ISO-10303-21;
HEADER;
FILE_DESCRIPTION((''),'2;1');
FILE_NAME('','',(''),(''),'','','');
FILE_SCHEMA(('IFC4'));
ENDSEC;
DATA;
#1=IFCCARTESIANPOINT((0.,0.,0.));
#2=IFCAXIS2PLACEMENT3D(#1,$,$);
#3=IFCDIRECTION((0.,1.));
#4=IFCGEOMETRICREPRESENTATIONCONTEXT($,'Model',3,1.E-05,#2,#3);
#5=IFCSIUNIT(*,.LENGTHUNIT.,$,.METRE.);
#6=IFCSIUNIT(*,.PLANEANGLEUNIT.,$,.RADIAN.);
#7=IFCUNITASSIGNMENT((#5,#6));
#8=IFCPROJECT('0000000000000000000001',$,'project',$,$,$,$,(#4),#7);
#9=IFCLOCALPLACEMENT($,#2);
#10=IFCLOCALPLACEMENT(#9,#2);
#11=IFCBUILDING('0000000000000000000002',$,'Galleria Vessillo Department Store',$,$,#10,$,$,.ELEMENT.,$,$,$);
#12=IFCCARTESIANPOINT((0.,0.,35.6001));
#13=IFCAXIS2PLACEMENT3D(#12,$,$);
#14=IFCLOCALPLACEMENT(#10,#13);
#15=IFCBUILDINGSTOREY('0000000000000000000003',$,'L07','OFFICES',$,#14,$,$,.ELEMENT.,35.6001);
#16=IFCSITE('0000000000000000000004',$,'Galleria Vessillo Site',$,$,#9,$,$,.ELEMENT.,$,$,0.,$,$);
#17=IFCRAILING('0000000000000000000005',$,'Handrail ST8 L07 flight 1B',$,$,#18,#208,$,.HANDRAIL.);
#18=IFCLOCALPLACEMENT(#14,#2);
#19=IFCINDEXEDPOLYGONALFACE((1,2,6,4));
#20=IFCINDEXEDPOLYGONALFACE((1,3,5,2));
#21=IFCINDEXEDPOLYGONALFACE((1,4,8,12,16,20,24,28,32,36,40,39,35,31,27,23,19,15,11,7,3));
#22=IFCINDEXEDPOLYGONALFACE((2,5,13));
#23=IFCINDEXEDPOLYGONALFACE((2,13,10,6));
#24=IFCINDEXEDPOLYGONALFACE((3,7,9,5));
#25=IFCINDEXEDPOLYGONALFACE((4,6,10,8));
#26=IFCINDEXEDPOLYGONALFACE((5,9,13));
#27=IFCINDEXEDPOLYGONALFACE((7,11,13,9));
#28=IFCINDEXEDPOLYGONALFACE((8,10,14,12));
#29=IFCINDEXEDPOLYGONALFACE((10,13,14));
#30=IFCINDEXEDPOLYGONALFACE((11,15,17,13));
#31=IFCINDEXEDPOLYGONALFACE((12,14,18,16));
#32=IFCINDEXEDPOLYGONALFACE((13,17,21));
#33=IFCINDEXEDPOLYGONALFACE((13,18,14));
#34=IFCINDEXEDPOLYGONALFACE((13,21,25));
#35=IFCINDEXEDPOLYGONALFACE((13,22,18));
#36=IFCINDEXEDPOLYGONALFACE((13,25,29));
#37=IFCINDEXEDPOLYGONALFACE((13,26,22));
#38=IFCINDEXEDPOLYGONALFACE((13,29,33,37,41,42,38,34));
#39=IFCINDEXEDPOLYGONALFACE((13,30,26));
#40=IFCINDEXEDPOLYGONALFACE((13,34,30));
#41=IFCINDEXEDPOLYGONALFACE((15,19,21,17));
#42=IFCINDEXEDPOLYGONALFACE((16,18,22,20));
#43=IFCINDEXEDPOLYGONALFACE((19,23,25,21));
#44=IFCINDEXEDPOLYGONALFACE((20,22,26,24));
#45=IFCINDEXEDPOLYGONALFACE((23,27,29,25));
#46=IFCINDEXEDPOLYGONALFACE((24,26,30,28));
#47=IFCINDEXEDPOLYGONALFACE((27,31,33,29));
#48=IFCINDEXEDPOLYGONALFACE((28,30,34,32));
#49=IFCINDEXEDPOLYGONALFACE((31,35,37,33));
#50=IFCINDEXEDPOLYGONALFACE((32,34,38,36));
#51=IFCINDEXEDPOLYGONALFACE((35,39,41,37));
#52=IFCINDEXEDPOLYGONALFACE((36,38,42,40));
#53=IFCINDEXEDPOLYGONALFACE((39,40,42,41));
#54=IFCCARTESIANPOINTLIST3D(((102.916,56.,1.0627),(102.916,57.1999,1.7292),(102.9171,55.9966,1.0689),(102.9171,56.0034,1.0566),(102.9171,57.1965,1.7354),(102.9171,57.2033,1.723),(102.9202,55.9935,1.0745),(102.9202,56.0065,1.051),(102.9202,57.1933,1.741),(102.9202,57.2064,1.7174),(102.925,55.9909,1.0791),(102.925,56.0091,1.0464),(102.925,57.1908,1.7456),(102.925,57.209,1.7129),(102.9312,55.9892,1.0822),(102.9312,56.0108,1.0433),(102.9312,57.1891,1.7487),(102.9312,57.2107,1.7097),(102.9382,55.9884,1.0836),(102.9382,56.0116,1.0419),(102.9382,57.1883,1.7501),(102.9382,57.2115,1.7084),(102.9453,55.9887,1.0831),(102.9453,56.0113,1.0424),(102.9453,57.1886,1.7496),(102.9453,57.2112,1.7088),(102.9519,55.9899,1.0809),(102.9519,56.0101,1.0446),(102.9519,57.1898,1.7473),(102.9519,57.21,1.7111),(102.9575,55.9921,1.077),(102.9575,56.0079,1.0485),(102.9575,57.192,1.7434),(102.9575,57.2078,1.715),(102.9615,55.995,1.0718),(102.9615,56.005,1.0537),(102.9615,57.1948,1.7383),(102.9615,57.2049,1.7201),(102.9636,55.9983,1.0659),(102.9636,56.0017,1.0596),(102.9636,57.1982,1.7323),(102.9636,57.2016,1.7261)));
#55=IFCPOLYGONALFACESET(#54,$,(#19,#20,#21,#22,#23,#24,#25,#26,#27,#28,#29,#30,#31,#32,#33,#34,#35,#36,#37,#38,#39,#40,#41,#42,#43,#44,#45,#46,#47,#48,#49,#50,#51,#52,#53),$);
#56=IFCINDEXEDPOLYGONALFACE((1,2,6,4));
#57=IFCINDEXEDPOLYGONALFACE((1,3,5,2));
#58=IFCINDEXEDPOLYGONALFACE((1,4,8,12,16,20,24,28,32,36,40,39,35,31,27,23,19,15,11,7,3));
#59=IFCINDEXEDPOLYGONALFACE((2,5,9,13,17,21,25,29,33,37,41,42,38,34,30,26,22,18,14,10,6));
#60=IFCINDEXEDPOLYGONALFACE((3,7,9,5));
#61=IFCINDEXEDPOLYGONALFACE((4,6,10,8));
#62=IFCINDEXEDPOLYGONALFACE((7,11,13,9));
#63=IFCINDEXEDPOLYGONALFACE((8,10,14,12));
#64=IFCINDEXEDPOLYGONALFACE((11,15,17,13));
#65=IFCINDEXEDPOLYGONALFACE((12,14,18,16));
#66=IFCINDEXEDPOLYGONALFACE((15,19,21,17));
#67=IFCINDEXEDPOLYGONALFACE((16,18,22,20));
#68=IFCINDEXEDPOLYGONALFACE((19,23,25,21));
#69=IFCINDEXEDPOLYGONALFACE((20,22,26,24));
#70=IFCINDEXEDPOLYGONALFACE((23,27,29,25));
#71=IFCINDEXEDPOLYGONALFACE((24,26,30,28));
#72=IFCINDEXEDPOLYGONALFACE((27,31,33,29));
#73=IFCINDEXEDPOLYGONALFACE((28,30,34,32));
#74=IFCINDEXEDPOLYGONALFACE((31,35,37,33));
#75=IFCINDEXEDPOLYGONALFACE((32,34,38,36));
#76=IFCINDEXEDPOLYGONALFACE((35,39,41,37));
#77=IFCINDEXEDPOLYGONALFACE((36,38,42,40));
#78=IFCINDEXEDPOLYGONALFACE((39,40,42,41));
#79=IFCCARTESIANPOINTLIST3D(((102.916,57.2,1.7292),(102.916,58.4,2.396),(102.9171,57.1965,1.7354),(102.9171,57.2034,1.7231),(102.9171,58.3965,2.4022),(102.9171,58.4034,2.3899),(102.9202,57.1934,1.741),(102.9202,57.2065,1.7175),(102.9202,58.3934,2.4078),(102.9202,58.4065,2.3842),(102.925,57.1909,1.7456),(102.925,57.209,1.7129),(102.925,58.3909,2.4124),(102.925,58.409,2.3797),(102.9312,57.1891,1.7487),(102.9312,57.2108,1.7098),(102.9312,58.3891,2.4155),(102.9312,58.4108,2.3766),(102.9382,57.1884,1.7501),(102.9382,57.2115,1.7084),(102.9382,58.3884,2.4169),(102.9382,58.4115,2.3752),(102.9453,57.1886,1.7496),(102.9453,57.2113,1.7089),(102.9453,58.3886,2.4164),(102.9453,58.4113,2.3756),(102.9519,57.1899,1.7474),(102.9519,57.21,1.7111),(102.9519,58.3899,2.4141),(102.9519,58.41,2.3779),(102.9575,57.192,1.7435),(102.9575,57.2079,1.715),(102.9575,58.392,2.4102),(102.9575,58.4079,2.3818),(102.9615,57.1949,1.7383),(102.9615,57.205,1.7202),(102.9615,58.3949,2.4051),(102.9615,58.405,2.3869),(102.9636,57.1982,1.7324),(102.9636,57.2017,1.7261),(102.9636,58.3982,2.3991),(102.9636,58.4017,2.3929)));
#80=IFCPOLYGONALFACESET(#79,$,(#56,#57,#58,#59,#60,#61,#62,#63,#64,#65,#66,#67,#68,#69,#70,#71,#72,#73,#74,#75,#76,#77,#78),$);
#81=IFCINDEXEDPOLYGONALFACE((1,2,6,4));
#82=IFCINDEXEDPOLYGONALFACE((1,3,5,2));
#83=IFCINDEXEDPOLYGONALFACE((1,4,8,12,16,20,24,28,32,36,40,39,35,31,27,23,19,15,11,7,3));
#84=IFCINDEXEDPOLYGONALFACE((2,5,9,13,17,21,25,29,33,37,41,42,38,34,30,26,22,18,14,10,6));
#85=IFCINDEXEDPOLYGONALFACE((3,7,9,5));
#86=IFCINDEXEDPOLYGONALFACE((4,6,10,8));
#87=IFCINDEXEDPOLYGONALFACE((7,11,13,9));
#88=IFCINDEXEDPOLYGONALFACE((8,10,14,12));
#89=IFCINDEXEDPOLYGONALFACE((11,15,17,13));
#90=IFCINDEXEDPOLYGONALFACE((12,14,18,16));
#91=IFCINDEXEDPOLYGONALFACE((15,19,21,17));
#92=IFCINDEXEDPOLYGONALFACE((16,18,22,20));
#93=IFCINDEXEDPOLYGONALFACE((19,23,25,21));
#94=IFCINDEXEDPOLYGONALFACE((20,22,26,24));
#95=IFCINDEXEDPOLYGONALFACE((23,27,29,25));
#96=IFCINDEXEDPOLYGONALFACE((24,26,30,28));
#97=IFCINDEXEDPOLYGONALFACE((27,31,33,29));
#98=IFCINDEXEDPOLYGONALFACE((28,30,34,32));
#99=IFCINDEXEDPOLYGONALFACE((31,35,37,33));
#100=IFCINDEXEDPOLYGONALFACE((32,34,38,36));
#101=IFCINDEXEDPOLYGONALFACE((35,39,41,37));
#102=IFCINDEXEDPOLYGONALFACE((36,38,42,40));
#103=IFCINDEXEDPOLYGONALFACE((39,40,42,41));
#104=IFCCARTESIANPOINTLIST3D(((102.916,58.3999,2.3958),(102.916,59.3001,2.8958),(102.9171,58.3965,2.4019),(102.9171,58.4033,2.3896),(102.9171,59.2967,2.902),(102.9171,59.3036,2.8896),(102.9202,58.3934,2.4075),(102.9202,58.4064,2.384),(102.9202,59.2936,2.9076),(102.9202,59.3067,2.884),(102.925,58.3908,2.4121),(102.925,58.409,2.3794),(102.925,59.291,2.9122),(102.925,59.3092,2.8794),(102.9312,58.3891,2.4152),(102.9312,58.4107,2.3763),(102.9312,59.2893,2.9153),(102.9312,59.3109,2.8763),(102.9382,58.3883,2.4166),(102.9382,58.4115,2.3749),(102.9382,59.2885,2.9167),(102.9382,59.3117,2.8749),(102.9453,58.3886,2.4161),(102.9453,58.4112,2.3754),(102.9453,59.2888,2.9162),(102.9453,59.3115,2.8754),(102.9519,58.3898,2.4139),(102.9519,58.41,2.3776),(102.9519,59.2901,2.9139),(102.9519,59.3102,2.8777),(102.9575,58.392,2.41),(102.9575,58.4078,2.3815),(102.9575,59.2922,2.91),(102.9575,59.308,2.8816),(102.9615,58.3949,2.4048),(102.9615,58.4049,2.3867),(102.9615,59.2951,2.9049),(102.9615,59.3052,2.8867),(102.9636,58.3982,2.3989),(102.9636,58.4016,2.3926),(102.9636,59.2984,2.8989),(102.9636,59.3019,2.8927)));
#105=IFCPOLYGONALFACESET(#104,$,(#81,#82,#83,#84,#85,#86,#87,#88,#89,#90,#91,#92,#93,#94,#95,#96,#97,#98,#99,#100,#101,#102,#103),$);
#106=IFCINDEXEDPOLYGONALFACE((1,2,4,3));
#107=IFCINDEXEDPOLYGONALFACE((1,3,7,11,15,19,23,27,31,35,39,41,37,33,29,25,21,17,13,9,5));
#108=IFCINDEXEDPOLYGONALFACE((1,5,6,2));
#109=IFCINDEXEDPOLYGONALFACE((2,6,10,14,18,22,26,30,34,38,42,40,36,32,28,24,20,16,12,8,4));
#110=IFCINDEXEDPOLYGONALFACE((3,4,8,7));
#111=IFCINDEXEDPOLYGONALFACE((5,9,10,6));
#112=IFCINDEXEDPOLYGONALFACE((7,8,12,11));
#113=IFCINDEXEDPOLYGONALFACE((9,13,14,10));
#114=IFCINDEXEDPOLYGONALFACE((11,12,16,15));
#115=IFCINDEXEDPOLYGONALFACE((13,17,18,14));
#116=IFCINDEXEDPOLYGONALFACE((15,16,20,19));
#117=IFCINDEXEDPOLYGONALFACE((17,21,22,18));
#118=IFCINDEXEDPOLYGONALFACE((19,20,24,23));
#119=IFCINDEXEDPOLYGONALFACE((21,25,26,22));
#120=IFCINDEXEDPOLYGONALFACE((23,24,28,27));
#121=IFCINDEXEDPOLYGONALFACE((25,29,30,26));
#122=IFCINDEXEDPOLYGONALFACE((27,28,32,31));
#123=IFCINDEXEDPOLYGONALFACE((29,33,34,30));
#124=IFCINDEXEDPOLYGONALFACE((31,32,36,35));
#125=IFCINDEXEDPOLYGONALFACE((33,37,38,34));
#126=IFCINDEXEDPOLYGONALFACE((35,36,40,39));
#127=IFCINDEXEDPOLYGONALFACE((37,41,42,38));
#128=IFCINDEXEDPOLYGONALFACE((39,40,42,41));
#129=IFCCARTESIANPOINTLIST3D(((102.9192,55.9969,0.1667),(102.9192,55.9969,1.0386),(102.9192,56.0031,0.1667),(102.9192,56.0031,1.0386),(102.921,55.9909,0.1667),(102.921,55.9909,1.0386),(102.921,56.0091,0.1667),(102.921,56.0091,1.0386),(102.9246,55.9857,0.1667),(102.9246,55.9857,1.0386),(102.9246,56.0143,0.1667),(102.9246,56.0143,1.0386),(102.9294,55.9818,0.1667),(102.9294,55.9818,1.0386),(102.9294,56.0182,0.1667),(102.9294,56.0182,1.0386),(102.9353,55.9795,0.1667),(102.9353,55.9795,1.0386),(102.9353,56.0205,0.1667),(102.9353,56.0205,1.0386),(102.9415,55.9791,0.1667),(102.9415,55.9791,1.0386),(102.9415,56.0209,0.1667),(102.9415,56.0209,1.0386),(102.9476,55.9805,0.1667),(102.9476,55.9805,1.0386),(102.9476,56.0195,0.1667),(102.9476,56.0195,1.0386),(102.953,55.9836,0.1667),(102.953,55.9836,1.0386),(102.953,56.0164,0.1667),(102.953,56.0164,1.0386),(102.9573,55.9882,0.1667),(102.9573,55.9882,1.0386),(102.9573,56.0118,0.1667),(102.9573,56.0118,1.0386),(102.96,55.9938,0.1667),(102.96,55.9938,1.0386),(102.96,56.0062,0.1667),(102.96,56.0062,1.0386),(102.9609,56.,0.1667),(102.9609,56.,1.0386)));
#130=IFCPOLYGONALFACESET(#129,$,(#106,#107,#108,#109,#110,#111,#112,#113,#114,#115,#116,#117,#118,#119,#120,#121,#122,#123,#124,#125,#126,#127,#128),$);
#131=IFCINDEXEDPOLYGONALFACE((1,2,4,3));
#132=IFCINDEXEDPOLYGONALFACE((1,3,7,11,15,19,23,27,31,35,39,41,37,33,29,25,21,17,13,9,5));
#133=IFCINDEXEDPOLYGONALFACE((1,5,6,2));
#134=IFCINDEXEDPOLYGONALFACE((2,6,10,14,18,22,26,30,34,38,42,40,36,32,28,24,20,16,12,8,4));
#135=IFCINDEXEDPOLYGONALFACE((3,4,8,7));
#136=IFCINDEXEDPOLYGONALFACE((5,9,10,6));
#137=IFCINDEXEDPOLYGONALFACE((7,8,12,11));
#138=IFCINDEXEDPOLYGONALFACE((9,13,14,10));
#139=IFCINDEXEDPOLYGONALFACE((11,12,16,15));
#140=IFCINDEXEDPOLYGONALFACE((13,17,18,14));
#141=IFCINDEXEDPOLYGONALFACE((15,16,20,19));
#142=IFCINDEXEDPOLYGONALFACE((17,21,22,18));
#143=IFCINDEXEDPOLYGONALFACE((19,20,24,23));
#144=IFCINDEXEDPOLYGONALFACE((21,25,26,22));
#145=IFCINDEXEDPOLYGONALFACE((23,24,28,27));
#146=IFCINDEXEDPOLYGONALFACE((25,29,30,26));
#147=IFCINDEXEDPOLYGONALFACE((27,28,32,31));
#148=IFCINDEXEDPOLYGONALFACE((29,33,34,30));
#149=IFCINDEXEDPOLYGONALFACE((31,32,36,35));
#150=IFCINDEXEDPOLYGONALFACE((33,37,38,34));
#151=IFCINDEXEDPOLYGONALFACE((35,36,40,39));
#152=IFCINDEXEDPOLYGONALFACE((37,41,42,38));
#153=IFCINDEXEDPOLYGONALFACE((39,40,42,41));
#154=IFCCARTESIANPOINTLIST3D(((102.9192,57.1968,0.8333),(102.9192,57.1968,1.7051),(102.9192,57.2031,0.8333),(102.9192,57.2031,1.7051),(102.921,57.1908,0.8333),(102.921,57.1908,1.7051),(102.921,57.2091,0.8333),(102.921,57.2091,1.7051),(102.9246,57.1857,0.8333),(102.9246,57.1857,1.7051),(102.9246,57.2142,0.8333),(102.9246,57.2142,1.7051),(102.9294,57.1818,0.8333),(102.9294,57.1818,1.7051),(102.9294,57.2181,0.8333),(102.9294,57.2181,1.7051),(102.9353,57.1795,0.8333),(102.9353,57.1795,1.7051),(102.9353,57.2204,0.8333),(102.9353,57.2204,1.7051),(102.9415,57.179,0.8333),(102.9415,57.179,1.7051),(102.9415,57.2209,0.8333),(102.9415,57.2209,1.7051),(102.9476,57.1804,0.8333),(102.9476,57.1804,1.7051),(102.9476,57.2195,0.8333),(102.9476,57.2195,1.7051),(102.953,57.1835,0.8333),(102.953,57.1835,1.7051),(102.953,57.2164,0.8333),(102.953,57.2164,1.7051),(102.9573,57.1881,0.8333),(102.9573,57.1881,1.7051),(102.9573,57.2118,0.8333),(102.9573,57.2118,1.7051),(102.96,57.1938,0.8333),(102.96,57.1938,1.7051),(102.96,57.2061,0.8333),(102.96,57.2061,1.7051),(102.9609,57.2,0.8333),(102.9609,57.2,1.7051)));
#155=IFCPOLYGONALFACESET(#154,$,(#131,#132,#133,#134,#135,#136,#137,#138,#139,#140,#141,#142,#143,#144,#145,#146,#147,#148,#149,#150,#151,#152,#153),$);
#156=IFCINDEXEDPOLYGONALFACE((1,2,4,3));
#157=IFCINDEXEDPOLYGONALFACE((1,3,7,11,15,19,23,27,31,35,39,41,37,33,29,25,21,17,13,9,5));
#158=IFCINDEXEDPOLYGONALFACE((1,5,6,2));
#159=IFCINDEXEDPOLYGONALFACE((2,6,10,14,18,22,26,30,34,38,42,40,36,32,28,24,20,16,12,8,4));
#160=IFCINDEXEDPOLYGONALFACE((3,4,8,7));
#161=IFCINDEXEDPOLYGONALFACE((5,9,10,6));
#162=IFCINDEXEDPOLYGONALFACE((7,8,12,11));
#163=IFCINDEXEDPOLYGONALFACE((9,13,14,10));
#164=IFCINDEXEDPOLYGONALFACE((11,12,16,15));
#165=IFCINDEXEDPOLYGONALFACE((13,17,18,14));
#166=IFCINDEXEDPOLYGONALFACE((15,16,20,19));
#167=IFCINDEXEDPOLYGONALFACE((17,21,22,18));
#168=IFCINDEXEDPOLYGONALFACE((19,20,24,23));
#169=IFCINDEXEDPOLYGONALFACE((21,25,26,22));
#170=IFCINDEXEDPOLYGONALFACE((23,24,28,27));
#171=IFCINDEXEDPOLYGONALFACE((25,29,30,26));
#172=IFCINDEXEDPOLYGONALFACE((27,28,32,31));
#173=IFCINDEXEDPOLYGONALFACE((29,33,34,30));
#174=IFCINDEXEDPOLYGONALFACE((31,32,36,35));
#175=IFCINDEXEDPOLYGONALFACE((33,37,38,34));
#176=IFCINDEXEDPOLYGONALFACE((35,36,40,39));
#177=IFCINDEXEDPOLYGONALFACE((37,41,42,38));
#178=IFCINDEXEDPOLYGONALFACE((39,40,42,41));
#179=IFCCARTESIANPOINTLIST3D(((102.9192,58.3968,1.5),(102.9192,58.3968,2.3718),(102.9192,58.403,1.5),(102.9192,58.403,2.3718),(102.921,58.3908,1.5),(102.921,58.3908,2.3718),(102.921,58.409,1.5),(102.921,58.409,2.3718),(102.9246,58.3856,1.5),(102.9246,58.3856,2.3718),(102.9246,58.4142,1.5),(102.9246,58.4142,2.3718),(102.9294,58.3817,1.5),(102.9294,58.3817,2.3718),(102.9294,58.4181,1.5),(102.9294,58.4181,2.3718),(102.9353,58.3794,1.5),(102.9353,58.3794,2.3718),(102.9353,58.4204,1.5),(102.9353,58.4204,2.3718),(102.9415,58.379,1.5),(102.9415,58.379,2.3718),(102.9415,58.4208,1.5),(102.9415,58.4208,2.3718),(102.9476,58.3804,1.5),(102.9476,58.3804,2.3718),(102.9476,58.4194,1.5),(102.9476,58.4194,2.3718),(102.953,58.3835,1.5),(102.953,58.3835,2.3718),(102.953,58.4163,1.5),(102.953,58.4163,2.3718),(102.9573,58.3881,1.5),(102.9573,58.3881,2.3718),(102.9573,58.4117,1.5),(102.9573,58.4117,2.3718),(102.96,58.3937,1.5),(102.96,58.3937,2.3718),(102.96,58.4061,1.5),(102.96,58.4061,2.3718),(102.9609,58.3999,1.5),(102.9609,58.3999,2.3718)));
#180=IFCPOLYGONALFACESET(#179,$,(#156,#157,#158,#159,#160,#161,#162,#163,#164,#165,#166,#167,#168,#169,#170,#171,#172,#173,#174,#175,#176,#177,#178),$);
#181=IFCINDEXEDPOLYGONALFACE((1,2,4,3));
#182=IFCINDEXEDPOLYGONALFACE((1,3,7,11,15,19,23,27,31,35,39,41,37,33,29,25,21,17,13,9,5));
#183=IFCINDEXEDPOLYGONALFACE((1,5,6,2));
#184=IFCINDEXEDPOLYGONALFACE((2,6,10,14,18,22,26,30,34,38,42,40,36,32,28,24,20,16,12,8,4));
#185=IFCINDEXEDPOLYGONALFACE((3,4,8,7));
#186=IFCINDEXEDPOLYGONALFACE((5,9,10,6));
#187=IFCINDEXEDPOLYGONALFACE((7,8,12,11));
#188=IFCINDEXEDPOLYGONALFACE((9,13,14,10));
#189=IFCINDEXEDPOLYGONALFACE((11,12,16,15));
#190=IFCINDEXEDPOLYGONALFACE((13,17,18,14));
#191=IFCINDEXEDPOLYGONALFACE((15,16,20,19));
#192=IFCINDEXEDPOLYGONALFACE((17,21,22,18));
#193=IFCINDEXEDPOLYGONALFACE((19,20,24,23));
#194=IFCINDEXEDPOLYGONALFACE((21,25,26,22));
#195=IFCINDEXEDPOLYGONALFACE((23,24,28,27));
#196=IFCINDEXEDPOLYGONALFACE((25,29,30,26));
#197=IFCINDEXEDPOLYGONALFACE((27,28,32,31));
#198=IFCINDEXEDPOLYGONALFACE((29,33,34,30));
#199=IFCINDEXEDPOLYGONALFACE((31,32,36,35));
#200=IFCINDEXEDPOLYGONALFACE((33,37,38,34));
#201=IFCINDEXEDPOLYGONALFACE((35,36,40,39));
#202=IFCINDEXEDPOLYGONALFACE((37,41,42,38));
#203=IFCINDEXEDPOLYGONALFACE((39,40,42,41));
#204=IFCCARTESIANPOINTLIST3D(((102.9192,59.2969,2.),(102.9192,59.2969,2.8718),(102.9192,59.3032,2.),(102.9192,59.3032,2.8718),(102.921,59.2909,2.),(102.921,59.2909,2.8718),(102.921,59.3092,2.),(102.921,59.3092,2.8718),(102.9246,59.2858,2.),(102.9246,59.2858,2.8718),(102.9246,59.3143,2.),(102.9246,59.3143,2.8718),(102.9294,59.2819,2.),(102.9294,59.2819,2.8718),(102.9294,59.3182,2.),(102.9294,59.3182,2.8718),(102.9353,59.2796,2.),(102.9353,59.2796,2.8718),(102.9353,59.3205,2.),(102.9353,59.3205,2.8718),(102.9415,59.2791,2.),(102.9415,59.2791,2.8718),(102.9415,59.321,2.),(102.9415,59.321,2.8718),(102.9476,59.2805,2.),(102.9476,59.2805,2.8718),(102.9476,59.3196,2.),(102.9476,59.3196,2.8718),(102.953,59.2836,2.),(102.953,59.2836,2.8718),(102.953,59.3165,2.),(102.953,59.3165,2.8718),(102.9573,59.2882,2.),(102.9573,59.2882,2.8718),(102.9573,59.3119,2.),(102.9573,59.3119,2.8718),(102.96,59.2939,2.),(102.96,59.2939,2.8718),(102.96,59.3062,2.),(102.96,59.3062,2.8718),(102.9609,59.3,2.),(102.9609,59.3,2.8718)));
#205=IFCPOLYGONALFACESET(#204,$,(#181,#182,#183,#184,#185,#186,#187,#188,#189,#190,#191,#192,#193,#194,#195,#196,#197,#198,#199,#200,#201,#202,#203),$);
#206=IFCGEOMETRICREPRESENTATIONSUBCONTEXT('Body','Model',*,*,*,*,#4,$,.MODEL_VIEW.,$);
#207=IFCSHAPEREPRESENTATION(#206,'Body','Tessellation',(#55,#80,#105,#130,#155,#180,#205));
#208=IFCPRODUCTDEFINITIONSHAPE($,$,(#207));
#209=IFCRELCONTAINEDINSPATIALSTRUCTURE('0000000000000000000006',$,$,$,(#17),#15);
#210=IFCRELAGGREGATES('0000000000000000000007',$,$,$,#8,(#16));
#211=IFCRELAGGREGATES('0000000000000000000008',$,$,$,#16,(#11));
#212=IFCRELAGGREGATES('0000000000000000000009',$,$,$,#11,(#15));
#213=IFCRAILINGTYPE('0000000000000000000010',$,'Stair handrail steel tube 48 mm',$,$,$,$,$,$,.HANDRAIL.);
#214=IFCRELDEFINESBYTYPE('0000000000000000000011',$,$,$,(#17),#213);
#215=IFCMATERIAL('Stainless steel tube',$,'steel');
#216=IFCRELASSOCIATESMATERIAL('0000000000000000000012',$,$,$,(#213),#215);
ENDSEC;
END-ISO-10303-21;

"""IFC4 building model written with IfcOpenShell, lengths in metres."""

from ifc_helpers import new_model, si_unit, direction, frame, origin, origin_2d, place, context, subcontext, project, spatial, circle, extrude, material, type_object, element, save


model = new_model("IFC4")

# Units and contexts
model_context = context("Model", 3, precision=1e-05, world=origin(), true_north=direction((0.0, 1.0)))
body_context = subcontext(model_context, "Body", "Model", "MODEL_VIEW")
ifc_project = project(units=[si_unit("LENGTHUNIT", "METRE"), si_unit("PLANEANGLEUNIT", "RADIAN")], contexts=[model_context])

# Site, building, storey
site_placement = place(None, origin())
site = spatial("IfcSite", under=ifc_project, at=site_placement, Name="Galleria Vessillo Site", CompositionType="ELEMENT", RefElevation=0.0)
building_placement = place(site_placement, origin())
building = spatial("IfcBuilding", under=site, at=building_placement, Name="Galleria Vessillo Department Store", CompositionType="ELEMENT")
storey_placement = place(building_placement, frame((0.0, 0.0, 35.6001)))
storey = spatial("IfcBuildingStorey", under=building, at=storey_placement, Name="L07", Description="OFFICES", CompositionType="ELEMENT", Elevation=35.6001)

# Railing
ifc_material_1 = material(Name="Stainless steel tube", Category="steel")
railing_type = type_object("IfcRailingType", Name="Stair handrail steel tube 48 mm", PredefinedType="HANDRAIL", material=ifc_material_1)
for number, where, name in (
    (1, (102.9399, 56.0, 0.1667), "Handrail ST8 L07 flight 1B"),
):
    element("IfcRailing", number, at=place(storey_placement, frame(where)), inside=storey, type_object=railing_type, Name=name, PredefinedType="HANDRAIL", context=body_context, shape_type="SweptSolid", body=[
        extrude(circle(Radius=0.0239, at=origin_2d()), frame((0.0, 0.0, 0.896), z_axis=(0.0, 0.874199, 0.485567), x_axis=(-1.0, 0.0, 0.0)), (0.0, 0.0, 1.0), 1.3726),
        extrude(circle(Radius=0.0239, at=origin_2d()), frame((0.0, 1.2, 1.5625), z_axis=(0.0, 0.874124, 0.485703), x_axis=(-1.0, 0.0, 0.0)), (0.0, 0.0, 1.0), 1.3728),
        extrude(circle(Radius=0.0239, at=origin_2d()), frame((0.0, 2.3999, 2.229), z_axis=(0.0, 0.874191, 0.485583), x_axis=(-1.0, 0.0, 0.0)), (0.0, 0.0, 1.0), 1.0298),
        extrude(circle(Radius=0.021, at=origin_2d()), origin(), (0.0, 0.0, 1.0), 0.8718),
        extrude(circle(Radius=0.021, at=origin_2d()), frame((0.0, 1.2, 0.6665)), (0.0, 0.0, 1.0), 0.8718),
        extrude(circle(Radius=0.021, at=origin_2d()), frame((0.0, 2.3999, 1.3333)), (0.0, 0.0, 1.0), 0.8718),
        extrude(circle(Radius=0.021, at=origin_2d()), frame((0.0, 3.3, 1.8333)), (0.0, 0.0, 1.0), 0.8718),
    ])

save(model, "model.ifc")
